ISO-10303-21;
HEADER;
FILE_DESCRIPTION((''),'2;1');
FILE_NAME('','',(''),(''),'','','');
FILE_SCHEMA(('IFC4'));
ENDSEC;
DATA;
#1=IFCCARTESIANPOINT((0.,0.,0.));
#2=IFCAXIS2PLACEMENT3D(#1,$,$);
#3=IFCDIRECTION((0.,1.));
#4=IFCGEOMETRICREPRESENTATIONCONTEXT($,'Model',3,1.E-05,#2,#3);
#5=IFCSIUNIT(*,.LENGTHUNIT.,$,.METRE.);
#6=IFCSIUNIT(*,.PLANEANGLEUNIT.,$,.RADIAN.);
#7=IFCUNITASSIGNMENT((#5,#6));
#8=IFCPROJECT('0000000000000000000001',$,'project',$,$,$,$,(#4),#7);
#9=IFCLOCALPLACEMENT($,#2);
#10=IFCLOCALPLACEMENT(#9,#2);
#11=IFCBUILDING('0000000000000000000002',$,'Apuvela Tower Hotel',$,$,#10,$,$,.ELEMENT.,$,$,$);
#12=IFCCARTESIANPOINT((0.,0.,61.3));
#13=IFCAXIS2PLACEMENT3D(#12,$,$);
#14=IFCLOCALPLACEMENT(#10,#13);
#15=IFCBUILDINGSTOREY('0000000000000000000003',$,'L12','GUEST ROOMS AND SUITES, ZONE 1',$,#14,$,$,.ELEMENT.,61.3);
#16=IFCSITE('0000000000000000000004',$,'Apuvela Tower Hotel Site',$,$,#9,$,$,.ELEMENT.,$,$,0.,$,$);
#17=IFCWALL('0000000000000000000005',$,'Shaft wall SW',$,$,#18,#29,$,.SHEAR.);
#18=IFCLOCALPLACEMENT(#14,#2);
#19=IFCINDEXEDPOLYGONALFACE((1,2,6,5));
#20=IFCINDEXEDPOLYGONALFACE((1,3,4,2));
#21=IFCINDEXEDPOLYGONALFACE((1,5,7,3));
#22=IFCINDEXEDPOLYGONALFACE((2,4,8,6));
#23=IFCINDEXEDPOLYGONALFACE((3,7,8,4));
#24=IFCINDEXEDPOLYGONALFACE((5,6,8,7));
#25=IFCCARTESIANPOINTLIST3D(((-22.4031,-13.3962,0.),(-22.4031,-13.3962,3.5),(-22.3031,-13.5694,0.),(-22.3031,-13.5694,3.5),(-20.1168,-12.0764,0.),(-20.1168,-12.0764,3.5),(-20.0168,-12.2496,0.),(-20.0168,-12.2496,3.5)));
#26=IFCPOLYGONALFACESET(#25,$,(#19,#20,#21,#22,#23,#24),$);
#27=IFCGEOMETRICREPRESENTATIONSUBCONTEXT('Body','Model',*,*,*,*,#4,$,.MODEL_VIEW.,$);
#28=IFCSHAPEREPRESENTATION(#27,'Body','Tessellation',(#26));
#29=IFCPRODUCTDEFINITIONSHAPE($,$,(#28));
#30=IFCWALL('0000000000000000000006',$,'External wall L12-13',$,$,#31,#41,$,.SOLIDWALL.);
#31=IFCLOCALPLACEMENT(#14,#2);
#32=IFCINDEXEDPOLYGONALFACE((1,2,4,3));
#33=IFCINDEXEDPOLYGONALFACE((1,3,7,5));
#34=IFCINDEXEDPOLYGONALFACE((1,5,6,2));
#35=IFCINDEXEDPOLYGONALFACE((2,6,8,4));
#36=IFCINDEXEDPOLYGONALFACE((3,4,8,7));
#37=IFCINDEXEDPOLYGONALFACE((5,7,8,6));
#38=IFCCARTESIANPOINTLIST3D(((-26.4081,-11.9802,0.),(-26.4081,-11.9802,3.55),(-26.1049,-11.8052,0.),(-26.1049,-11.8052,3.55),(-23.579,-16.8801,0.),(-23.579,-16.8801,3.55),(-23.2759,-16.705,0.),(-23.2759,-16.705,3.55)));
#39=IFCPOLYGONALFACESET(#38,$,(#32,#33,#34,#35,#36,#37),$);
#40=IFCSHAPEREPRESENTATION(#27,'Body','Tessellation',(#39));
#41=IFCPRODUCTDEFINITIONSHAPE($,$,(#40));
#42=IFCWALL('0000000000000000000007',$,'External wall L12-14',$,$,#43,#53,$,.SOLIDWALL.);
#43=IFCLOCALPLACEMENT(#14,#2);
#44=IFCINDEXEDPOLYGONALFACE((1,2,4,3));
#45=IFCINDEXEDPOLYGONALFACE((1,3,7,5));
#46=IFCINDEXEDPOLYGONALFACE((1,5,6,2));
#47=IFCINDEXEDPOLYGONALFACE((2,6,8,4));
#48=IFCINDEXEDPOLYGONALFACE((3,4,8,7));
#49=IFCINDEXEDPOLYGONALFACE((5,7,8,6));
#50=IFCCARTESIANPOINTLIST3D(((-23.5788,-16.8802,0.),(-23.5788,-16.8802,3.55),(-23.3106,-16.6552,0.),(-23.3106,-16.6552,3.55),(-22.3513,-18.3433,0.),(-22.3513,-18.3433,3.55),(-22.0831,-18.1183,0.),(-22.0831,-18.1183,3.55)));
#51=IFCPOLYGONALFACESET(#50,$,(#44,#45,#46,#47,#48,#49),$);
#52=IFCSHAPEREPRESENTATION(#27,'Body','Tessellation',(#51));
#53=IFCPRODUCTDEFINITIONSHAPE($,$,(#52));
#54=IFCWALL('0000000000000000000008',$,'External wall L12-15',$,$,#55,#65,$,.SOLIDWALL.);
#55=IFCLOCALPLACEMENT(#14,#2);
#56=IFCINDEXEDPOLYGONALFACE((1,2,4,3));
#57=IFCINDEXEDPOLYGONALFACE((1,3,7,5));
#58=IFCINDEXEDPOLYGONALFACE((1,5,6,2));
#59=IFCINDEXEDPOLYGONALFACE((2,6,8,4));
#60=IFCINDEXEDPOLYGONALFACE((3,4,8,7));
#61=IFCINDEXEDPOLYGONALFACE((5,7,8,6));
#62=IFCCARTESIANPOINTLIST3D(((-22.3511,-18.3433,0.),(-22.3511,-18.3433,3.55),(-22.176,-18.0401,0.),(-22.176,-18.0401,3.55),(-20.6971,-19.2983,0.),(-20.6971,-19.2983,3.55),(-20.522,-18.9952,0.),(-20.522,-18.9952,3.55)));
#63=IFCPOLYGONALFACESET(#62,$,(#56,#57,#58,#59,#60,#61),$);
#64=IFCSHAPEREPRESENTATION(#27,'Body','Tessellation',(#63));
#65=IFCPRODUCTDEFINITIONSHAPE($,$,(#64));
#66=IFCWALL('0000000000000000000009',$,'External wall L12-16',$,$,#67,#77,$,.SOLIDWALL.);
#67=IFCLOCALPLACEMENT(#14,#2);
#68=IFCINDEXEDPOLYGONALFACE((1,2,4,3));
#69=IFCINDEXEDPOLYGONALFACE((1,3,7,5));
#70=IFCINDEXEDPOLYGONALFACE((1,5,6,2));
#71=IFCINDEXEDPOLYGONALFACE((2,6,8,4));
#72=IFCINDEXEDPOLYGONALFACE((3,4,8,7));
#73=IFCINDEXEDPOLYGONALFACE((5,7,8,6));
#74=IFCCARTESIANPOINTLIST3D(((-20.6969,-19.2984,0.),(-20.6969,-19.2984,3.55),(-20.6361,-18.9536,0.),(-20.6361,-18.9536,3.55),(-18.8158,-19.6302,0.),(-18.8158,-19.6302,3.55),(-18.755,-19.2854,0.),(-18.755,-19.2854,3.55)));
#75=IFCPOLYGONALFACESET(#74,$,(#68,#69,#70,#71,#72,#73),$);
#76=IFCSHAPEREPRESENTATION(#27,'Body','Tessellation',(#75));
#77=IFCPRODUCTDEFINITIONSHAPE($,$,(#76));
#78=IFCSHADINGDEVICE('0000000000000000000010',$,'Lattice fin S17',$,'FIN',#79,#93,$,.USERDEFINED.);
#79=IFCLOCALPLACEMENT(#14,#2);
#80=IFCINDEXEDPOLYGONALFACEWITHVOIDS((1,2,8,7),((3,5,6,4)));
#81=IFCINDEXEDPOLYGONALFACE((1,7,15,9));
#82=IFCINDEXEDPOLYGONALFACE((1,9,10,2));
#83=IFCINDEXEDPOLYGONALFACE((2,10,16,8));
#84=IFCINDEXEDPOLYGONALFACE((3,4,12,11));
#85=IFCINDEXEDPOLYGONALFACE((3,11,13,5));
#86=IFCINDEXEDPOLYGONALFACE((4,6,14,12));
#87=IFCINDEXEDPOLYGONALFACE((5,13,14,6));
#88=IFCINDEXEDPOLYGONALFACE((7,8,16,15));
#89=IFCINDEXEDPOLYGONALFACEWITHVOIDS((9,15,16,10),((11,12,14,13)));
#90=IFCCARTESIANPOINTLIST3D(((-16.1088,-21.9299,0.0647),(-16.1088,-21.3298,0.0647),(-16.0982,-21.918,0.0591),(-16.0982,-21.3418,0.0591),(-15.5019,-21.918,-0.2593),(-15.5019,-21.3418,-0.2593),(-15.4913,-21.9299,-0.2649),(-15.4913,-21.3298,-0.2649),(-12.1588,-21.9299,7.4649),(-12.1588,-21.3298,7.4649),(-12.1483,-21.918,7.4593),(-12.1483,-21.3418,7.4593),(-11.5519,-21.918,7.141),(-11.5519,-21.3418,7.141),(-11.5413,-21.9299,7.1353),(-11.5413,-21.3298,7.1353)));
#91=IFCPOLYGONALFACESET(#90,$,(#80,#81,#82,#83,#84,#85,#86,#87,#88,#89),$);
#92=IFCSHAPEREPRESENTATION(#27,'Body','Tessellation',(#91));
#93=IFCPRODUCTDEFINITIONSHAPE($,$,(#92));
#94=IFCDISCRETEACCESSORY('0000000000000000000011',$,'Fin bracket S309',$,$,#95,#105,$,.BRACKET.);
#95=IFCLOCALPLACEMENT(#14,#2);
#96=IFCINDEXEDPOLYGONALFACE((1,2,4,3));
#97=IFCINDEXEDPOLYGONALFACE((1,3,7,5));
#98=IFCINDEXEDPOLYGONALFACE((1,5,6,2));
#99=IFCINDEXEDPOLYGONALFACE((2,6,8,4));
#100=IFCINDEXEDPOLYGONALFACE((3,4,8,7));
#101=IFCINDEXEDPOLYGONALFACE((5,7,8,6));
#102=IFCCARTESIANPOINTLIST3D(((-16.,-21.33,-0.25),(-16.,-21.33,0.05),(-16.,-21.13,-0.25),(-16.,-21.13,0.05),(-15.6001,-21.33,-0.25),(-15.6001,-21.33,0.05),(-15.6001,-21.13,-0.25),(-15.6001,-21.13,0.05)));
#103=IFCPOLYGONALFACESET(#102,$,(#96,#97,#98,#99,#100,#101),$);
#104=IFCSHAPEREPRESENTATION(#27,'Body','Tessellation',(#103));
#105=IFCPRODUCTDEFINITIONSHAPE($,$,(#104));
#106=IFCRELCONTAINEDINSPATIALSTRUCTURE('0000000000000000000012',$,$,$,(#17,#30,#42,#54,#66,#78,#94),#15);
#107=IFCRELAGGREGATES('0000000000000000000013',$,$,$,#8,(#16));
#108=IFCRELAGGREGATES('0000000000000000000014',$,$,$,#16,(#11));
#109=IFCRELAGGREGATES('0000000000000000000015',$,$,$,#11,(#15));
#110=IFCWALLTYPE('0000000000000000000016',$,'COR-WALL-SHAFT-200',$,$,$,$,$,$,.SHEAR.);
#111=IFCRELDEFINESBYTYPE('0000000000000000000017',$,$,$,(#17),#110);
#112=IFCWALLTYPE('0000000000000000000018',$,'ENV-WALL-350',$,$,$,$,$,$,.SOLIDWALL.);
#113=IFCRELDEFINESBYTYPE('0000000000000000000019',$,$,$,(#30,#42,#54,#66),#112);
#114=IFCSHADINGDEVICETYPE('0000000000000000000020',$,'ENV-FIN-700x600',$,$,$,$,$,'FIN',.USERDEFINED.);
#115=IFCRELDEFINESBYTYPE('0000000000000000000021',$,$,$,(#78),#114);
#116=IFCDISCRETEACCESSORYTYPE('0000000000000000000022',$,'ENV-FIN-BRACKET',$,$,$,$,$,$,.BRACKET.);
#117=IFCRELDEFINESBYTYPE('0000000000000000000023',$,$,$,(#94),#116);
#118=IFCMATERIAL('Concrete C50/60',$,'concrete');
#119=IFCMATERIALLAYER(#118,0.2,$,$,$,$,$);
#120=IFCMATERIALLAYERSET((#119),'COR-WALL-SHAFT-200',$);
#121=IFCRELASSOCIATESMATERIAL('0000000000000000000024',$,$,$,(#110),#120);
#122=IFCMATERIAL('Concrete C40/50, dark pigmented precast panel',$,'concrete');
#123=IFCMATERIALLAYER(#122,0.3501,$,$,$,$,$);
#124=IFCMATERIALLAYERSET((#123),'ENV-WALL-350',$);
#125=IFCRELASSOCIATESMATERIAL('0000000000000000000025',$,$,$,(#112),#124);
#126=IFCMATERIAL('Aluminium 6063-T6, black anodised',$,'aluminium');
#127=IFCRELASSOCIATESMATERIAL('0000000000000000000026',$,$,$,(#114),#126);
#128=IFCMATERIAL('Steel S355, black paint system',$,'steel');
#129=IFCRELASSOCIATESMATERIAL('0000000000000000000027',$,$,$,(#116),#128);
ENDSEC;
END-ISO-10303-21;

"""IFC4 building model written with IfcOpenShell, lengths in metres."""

from ifc_helpers import new_model, si_unit, direction, frame, frame_2d, origin, origin_2d, place, context, subcontext, project, spatial, rectangle, hollow_rectangle, extrude, material, layer, layer_set, material_profile, profile_set, type_object, element, save


model = new_model("IFC4")

# Units and contexts
model_context = context("Model", 3, precision=1e-05, world=origin(), true_north=direction((0.0, 1.0)))
body_context = subcontext(model_context, "Body", "Model", "MODEL_VIEW")
ifc_project = project(units=[si_unit("LENGTHUNIT", "METRE"), si_unit("PLANEANGLEUNIT", "RADIAN")], contexts=[model_context])

# Site, building, storey
site_placement = place(None, origin())
site = spatial("IfcSite", under=ifc_project, at=site_placement, Name="Apuvela Tower Hotel Site", CompositionType="ELEMENT", RefElevation=0.0)
building_placement = place(site_placement, origin())
building = spatial("IfcBuilding", under=site, at=building_placement, Name="Apuvela Tower Hotel", CompositionType="ELEMENT")
storey_placement = place(building_placement, frame((0.0, 0.0, 61.3)))
storey = spatial("IfcBuildingStorey", under=building, at=storey_placement, Name="L12", Description="GUEST ROOMS AND SUITES, ZONE 1", CompositionType="ELEMENT", Elevation=61.3)

# Shared definitions
ifc_material_1 = material(Name="Concrete C50/60", Category="concrete")
ifc_layer_1 = layer(ifc_material_1, 0.2)
ifc_layer_set_1 = layer_set([ifc_layer_1], Name="COR-WALL-SHAFT-200")
wall_type_1 = type_object("IfcWallType", Name="COR-WALL-SHAFT-200", PredefinedType="SHEAR", material=ifc_layer_set_1)

# Walls
wall_1_placement = place(storey_placement, frame((-20.0669, -12.1631, 0.0), z_axis=(0.0, 0.0, 1.0), x_axis=(-0.866061, -0.499939, 0.0)))
element("IfcWall", 1, at=wall_1_placement, inside=storey, type_object=wall_type_1, Name="Shaft wall SW", PredefinedType="SHEAR", context=body_context, shape_type="SweptSolid", body=[
    extrude(rectangle(XDim=2.6399, YDim=0.2, at=frame_2d((1.3198, 0.0))), origin(), (0.0, 0.0, 1.0), 3.5),
])
ifc_material_2 = material(Name="Concrete C40/50, dark pigmented precast panel", Category="concrete")
ifc_layer_2 = layer(ifc_material_2, 0.3501)
ifc_layer_set_2 = layer_set([ifc_layer_2], Name="ENV-WALL-350")
wall_type_2 = type_object("IfcWallType", Name="ENV-WALL-350", PredefinedType="SOLIDWALL", material=ifc_layer_set_2)
wall_2_placement = place(storey_placement, frame((-26.2566, -11.8926, 0.0), z_axis=(0.0, 0.0, 1.0), x_axis=(0.500019, -0.866015, 0.0)))
element("IfcWall", 2, at=wall_2_placement, inside=storey, type_object=wall_type_2, Name="External wall L12-13", PredefinedType="SOLIDWALL", context=body_context, shape_type="SweptSolid", body=[
    extrude(rectangle(XDim=5.658, YDim=0.3501, at=frame_2d((2.8291, 0.0))), origin(), (0.0, 0.0, 1.0), 3.55),
])
for number, where, z_axis, x_axis, name in (
    (3, (-23.4448, -16.7676, 0.0), (0.0, 0.0, 1.0), (0.642733, -0.76609, 0.0), "External wall L12-14"),
    (4, (-22.2637, -18.1917, 0.0), (0.0, 0.0, 1.0), (0.866, -0.500043, 0.0), "External wall L12-15"),
):
    element("IfcWall", number, at=place(storey_placement, frame(where, z_axis=z_axis, x_axis=x_axis)), inside=storey, type_object=wall_type_2, Name=name, PredefinedType="SOLIDWALL", context=body_context, shape_type="SweptSolid", body=[
        extrude(rectangle(XDim=1.9099, YDim=0.3501, at=frame_2d((0.9551, 0.0))), origin(), (0.0, 0.0, 1.0), 3.55),
    ])
wall_3_placement = place(storey_placement, frame((-20.6665, -19.126, 0.0), z_axis=(0.0, 0.0, 1.0), x_axis=(0.984799, -0.173698, 0.0)))
element("IfcWall", 5, at=wall_3_placement, inside=storey, type_object=wall_type_2, Name="External wall L12-16", PredefinedType="SOLIDWALL", context=body_context, shape_type="SweptSolid", body=[
    extrude(rectangle(XDim=1.9102, YDim=0.3501, at=frame_2d((0.9551, 0.0))), origin(), (0.0, 0.0, 1.0), 3.55),
])

# Shading device
ifc_material_3 = material(Name="Aluminium 6063-T6, black anodised", Category="aluminium")
ifc_material_profile_1 = material_profile(ifc_material_3, hollow_rectangle(XDim=0.6001, YDim=0.7, WallThickness=0.012, at=origin_2d()), Name="AL BOX 700x600x12")
ifc_profile_set_1 = profile_set([ifc_material_profile_1], Name="Aluminium 6063-T6, black anodised")
shading_device_type = type_object("IfcShadingDeviceType", Name="ENV-FIN-700x600", ElementType="FIN", PredefinedType="USERDEFINED", material=ifc_profile_set_1)
shading_device_placement = place(storey_placement, frame((-15.8, -21.6299, -0.1001), z_axis=(0.470886, 0.0, 0.882194), x_axis=(0.0, 1.0, 0.0)))
element("IfcShadingDevice", 6, at=shading_device_placement, inside=storey, type_object=shading_device_type, Name="Lattice fin S17", ObjectType="FIN", PredefinedType="USERDEFINED", context=body_context, shape_type="SweptSolid", body=[
    extrude(hollow_rectangle(XDim=0.6001, YDim=0.7, WallThickness=0.012, at=origin_2d()), origin(), (0.0, 0.0, 1.0), 8.3884),
])

# Discrete accessory
ifc_material_4 = material(Name="Steel S355, black paint system", Category="steel")
discrete_accessory_type = type_object("IfcDiscreteAccessoryType", Name="ENV-FIN-BRACKET", PredefinedType="BRACKET", material=ifc_material_4)
discrete_accessory_placement = place(storey_placement, frame((-15.8, -21.23, -0.25), z_axis=(0.0, 0.0, 1.0), x_axis=(1.0, 0.0, 0.0)))
element("IfcDiscreteAccessory", 7, at=discrete_accessory_placement, inside=storey, type_object=discrete_accessory_type, Name="Fin bracket S309", PredefinedType="BRACKET", context=body_context, shape_type="SweptSolid", body=[
    extrude(rectangle(XDim=0.3999, YDim=0.2, at=origin_2d()), origin(), (0.0, 0.0, 1.0), 0.3),
])

save(model, "model.ifc")
